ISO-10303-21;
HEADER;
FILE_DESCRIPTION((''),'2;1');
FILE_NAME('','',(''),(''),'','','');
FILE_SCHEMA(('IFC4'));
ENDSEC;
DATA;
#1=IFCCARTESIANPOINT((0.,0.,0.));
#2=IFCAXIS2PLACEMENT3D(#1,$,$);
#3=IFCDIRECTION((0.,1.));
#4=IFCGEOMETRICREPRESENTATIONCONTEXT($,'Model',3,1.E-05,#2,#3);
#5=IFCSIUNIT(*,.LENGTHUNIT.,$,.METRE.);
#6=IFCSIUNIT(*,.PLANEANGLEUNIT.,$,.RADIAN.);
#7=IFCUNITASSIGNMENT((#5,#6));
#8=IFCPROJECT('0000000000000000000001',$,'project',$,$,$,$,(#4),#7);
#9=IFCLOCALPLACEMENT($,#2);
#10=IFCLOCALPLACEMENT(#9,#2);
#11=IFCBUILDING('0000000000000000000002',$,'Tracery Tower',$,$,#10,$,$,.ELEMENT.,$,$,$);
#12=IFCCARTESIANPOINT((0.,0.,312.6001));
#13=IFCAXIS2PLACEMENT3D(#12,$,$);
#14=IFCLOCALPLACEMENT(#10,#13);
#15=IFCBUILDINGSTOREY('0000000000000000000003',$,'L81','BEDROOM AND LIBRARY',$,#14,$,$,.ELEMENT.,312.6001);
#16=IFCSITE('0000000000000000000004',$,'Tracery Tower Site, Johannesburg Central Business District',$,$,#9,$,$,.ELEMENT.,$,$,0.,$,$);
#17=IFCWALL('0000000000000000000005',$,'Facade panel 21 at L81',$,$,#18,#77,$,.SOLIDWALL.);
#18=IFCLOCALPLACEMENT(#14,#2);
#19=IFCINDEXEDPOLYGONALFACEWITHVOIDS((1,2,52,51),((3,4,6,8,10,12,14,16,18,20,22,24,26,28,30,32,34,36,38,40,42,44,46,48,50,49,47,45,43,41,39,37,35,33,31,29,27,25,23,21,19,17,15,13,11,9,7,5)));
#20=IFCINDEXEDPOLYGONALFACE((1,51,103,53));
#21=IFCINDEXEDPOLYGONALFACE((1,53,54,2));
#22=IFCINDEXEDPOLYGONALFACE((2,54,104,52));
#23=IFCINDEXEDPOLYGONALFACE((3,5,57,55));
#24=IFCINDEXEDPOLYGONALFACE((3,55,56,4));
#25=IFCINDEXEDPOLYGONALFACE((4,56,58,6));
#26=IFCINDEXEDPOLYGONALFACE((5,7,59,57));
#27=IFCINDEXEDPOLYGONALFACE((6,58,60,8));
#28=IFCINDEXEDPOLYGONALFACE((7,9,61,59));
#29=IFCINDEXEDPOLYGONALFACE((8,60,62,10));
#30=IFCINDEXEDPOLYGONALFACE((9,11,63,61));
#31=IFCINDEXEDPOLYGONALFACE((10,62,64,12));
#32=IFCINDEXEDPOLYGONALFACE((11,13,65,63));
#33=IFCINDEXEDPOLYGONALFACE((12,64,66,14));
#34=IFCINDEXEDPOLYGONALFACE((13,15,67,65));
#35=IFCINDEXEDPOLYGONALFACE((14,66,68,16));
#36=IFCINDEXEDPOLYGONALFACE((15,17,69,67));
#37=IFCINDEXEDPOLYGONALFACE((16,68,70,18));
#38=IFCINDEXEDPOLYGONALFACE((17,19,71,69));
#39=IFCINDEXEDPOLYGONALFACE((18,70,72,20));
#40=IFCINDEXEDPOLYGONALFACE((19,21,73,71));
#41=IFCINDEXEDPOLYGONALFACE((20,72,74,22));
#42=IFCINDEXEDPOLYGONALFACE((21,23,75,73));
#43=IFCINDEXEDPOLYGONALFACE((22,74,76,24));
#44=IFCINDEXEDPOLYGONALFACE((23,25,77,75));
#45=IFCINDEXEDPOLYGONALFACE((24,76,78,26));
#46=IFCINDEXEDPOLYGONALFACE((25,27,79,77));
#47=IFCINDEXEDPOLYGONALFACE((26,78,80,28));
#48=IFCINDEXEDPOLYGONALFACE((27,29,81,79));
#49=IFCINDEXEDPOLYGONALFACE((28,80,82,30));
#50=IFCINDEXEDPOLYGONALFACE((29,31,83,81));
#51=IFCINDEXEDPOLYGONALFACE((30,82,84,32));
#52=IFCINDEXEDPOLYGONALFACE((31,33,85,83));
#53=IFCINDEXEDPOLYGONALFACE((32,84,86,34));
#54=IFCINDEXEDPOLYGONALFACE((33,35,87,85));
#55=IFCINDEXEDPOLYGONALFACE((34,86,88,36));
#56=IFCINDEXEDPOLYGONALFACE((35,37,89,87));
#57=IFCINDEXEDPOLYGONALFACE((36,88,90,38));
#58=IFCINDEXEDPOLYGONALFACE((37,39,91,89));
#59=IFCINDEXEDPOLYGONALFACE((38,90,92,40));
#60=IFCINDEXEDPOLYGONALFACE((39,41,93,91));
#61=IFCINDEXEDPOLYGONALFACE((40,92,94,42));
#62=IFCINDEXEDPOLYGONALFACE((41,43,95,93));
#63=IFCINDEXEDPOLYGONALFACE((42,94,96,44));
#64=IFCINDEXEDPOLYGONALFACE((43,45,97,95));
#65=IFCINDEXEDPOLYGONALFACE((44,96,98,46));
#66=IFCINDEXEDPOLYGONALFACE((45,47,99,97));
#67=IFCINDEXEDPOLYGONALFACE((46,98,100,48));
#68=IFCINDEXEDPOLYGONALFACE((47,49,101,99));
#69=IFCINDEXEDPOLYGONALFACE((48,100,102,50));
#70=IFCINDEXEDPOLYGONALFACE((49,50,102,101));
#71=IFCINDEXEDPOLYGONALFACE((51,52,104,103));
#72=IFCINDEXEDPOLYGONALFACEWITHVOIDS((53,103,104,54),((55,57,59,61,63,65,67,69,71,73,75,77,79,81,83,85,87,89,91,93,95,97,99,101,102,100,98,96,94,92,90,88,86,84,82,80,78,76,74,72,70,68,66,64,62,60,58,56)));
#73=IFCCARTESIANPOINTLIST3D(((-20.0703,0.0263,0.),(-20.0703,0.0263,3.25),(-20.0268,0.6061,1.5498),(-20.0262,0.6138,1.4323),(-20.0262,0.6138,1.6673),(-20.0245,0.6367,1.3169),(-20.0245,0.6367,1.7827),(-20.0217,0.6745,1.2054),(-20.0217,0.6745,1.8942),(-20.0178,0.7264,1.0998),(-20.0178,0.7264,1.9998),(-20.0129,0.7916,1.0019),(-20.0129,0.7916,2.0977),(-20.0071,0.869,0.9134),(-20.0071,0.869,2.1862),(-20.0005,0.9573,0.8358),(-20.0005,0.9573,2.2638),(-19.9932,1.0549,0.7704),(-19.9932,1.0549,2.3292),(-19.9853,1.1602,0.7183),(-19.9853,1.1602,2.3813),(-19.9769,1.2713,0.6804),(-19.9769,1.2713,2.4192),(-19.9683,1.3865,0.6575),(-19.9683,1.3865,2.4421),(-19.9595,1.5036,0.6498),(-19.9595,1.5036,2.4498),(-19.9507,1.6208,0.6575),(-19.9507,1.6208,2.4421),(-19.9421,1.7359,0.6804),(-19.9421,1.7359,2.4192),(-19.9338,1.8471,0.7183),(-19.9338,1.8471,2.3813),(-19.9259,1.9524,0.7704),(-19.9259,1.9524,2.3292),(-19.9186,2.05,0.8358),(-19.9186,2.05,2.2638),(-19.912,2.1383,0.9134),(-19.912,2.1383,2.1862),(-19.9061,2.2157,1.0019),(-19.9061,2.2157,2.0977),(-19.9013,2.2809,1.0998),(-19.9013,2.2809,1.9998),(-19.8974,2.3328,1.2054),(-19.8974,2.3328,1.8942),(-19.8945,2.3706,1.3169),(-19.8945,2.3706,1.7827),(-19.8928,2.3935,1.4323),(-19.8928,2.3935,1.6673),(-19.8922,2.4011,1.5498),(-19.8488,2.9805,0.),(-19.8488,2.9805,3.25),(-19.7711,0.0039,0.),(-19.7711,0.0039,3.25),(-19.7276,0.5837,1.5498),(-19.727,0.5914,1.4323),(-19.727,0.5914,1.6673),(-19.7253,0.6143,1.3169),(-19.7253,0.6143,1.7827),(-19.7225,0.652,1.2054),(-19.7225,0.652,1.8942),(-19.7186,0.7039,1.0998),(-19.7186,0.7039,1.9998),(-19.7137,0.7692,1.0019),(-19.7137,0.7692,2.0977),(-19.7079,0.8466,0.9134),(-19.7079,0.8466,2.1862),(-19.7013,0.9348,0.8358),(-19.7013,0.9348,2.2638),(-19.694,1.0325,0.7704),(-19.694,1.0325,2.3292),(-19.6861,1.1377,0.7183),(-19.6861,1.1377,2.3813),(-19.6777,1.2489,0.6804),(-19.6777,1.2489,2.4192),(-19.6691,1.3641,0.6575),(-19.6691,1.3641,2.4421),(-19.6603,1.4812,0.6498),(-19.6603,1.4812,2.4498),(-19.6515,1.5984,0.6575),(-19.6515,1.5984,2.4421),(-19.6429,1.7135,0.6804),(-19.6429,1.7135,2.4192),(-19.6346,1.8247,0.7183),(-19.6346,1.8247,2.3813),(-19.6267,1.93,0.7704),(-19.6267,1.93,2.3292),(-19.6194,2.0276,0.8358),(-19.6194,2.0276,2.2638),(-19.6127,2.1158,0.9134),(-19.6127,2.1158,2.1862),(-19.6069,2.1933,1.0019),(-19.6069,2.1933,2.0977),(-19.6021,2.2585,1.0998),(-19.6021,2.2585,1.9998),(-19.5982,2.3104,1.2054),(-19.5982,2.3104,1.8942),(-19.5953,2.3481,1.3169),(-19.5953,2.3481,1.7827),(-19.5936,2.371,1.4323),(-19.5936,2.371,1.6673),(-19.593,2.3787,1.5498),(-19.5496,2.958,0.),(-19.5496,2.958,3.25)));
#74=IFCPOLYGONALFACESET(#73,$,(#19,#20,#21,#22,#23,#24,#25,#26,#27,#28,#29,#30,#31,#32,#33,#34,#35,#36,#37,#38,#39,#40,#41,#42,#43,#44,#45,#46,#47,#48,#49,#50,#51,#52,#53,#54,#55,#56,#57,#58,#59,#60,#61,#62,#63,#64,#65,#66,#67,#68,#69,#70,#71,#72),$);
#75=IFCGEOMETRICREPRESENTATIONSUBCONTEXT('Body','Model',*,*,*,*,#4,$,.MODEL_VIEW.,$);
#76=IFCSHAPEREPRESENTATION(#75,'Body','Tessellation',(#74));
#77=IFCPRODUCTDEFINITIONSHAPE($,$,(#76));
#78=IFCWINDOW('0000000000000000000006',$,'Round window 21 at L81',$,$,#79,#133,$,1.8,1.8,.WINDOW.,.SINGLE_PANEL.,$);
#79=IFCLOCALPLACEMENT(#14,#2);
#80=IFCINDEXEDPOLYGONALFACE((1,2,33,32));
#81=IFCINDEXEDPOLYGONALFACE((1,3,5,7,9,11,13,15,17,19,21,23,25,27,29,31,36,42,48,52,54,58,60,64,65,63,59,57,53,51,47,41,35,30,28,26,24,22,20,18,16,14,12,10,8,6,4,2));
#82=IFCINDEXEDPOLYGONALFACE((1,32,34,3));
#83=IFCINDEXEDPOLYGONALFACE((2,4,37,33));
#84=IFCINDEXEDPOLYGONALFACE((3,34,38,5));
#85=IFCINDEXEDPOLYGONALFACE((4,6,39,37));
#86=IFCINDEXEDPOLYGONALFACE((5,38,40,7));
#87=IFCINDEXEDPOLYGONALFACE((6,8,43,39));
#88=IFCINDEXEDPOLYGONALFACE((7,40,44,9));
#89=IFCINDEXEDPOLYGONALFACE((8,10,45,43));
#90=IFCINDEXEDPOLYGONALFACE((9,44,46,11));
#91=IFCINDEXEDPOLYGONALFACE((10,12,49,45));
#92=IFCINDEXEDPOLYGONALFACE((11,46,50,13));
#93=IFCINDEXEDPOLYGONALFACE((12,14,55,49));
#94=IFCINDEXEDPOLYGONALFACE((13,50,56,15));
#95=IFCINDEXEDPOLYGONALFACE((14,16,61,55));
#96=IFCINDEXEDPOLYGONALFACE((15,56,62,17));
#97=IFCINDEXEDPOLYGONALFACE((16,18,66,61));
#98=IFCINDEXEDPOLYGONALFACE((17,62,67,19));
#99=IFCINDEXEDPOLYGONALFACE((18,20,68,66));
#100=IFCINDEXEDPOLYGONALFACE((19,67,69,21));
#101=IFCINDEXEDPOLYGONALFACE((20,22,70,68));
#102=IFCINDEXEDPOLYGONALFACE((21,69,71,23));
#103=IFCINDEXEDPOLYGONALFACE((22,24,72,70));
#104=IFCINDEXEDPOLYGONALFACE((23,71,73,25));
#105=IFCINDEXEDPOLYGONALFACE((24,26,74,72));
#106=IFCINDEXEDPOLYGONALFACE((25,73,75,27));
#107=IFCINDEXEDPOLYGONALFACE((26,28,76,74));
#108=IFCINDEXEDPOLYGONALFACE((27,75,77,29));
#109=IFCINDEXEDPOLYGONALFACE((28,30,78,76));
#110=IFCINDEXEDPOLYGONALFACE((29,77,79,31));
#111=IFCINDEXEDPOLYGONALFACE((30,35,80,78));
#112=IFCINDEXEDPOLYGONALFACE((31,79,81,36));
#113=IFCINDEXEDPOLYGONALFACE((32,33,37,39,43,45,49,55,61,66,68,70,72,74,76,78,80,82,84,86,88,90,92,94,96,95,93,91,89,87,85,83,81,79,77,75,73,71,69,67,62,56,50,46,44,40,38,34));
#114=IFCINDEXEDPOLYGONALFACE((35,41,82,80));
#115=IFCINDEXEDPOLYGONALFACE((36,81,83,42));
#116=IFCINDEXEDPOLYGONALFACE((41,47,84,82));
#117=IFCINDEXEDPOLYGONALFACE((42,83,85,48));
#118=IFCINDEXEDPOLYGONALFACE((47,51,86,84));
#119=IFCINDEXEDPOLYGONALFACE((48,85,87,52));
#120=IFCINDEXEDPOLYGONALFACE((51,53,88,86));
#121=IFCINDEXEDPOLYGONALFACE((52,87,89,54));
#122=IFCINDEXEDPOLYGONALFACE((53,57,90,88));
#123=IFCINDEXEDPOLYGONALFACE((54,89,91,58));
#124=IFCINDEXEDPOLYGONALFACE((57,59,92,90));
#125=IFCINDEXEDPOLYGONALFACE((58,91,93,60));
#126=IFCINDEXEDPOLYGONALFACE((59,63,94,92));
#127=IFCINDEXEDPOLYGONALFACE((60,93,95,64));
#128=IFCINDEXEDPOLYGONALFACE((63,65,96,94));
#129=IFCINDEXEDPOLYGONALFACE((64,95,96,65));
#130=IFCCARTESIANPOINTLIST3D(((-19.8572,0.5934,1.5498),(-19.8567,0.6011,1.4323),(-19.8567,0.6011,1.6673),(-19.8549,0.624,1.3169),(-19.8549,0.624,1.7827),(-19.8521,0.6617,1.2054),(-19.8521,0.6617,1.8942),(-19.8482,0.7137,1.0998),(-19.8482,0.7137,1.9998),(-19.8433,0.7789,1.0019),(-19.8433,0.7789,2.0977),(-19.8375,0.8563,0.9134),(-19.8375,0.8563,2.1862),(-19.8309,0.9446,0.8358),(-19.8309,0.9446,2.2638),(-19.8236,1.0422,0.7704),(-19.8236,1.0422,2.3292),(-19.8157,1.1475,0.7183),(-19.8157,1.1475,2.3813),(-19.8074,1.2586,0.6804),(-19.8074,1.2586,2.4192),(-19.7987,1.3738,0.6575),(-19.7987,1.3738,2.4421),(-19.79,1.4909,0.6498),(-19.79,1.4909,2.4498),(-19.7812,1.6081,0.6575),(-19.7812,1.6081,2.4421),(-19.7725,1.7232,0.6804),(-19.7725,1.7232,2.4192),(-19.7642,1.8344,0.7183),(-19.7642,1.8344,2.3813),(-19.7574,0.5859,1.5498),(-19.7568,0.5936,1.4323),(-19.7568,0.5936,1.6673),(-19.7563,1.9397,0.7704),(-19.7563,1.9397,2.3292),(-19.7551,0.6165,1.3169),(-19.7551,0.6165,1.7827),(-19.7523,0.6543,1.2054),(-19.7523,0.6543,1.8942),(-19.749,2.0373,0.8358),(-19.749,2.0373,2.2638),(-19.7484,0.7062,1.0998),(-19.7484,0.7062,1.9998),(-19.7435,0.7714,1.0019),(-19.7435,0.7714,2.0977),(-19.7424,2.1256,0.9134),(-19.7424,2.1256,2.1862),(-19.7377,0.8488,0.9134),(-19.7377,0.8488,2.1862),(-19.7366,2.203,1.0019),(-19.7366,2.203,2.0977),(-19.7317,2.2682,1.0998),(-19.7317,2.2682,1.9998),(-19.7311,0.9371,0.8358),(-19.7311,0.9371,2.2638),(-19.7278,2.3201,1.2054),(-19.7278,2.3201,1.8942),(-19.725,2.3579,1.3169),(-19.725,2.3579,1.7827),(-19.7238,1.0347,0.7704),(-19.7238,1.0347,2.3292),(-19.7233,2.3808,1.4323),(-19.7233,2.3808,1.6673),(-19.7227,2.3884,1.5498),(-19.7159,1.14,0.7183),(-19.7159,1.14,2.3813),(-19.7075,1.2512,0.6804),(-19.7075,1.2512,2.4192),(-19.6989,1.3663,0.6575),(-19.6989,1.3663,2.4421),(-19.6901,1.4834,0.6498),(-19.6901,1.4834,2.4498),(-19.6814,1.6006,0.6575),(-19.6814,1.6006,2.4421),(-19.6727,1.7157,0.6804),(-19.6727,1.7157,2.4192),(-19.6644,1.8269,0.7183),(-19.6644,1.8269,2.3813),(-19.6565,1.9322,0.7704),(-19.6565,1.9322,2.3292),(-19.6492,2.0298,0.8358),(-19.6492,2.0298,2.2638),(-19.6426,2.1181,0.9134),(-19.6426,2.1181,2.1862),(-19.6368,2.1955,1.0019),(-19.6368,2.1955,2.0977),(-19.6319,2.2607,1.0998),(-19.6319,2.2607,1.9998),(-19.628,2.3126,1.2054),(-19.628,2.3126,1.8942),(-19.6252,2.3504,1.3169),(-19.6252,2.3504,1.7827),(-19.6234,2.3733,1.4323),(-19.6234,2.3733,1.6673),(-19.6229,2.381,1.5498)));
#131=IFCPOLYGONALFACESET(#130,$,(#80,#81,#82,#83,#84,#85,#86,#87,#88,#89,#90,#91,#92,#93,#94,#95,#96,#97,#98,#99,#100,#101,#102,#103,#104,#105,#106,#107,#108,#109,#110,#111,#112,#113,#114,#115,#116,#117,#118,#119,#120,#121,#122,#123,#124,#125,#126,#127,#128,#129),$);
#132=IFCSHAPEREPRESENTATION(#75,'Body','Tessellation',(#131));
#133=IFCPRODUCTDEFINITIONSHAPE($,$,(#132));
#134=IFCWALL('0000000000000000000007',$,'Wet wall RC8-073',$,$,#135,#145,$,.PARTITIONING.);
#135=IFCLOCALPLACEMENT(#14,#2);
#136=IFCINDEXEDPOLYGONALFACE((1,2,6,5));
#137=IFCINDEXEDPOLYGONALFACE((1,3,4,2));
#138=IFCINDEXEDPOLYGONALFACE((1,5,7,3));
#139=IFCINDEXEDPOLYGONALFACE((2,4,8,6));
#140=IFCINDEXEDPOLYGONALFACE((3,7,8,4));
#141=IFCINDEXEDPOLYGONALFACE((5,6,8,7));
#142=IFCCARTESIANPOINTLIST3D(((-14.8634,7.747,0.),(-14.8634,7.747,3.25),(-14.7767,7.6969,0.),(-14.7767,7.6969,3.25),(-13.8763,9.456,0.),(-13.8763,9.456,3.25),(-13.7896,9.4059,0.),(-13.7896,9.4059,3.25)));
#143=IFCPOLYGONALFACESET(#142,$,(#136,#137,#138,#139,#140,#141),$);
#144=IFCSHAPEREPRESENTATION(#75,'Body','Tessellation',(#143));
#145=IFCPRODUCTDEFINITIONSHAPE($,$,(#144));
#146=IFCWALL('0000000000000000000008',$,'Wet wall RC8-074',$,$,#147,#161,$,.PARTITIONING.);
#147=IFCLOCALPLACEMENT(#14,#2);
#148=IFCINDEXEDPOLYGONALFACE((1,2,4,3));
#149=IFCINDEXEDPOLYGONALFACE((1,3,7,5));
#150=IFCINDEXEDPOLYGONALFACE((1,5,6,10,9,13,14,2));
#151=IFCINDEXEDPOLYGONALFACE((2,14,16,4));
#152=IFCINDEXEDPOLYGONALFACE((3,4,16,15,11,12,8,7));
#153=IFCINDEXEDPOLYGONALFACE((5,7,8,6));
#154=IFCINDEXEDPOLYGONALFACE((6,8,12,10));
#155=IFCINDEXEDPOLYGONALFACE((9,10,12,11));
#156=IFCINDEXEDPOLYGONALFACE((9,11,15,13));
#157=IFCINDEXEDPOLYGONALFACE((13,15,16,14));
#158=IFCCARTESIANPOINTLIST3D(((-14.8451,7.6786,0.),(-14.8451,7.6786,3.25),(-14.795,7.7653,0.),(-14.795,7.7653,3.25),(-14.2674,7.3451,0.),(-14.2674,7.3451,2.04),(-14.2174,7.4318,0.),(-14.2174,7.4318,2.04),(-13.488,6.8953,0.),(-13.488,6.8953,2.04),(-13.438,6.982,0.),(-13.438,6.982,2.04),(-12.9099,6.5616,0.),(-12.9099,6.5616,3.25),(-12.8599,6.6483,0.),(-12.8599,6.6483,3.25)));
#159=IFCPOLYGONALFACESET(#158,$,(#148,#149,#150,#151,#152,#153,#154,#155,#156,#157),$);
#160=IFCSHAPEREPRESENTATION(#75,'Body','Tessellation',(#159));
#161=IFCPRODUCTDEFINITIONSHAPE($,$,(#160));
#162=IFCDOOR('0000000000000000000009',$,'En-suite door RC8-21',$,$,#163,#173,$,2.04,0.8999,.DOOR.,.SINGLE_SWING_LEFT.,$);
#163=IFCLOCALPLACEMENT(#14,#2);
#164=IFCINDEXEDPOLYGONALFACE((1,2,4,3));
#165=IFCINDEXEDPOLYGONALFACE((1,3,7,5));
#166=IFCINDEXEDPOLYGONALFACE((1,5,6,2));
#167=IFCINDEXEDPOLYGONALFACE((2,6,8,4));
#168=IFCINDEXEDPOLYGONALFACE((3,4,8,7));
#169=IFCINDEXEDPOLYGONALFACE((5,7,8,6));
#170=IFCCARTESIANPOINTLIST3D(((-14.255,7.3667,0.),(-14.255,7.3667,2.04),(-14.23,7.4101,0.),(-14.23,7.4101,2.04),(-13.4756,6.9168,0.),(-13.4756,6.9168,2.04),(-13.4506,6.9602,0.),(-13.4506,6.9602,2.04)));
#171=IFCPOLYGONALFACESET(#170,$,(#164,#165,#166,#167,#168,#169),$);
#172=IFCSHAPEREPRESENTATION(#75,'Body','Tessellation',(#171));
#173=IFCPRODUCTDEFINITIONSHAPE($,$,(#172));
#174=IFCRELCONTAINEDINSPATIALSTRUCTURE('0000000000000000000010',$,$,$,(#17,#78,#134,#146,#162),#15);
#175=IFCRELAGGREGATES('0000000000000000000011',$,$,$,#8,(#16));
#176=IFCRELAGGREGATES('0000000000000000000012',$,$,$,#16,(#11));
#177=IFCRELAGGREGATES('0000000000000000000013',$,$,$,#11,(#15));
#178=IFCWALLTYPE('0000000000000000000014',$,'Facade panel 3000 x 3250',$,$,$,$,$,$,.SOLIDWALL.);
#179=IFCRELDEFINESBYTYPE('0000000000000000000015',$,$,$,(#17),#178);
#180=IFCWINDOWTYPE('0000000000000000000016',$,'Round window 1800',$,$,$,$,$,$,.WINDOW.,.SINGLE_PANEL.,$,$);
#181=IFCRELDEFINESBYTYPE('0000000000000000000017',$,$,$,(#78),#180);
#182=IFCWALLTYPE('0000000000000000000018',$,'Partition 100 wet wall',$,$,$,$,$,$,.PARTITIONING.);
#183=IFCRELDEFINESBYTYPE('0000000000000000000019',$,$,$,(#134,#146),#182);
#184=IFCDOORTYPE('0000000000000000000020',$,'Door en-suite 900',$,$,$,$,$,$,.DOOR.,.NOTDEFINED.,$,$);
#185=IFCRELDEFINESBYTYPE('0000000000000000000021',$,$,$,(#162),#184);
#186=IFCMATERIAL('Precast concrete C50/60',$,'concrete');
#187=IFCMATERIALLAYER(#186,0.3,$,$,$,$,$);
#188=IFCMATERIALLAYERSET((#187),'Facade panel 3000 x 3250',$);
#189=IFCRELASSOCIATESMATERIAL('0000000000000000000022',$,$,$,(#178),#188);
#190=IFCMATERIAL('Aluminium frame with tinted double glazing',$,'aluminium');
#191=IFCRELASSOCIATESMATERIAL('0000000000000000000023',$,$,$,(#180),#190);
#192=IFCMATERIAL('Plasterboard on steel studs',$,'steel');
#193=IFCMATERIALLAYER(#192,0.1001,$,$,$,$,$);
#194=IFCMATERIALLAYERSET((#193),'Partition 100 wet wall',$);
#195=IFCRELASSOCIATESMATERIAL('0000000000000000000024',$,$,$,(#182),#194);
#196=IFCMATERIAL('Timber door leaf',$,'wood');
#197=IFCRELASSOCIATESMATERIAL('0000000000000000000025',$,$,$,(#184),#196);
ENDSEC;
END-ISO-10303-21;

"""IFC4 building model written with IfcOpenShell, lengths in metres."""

from ifc_helpers import new_model, si_unit, direction, frame, frame_2d, origin, origin_2d, place, context, subcontext, project, spatial, rectangle, circle, extrude, material, layer, layer_set, type_object, element, fill, save


model = new_model("IFC4")

# Units and contexts
model_context = context("Model", 3, precision=1e-05, world=origin(), true_north=direction((0.0, 1.0)))
body_context = subcontext(model_context, "Body", "Model", "MODEL_VIEW")
ifc_project = project(units=[si_unit("LENGTHUNIT", "METRE"), si_unit("PLANEANGLEUNIT", "RADIAN")], contexts=[model_context])

# Site, building, storey
site_placement = place(None, origin())
site = spatial("IfcSite", under=ifc_project, at=site_placement, Name="Tracery Tower Site, Johannesburg Central Business District", CompositionType="ELEMENT", RefElevation=0.0)
building_placement = place(site_placement, origin())
building = spatial("IfcBuilding", under=site, at=building_placement, Name="Tracery Tower", CompositionType="ELEMENT")
storey_placement = place(building_placement, frame((0.0, 0.0, 312.6001)))
storey = spatial("IfcBuildingStorey", under=building, at=storey_placement, Name="L81", Description="BEDROOM AND LIBRARY", CompositionType="ELEMENT", Elevation=312.6001)

# Wall, opening, window
ifc_material_1 = material(Name="Precast concrete C50/60", Category="concrete")
ifc_layer_1 = layer(ifc_material_1, 0.3)
ifc_layer_set_1 = layer_set([ifc_layer_1], Name="Facade panel 3000 x 3250")
wall_type_1 = type_object("IfcWallType", Name="Facade panel 3000 x 3250", PredefinedType="SOLIDWALL", material=ifc_layer_set_1)
ifc_material_2 = material(Name="Aluminium frame with tinted double glazing", Category="aluminium")
window_type = type_object("IfcWindowType", Name="Round window 1800", PartitioningType="SINGLE_PANEL", PredefinedType="WINDOW", material=ifc_material_2)
wall_1_placement = place(storey_placement, frame((-19.6992, 2.9692, 0.0), z_axis=(0.0, 0.0, 1.0), x_axis=(-0.074749, -0.997202, 0.0)))
wall_1 = element("IfcWall", 1, at=wall_1_placement, inside=storey, type_object=wall_type_1, Name="Facade panel 21 at L81", PredefinedType="SOLIDWALL", context=body_context, shape_type="SweptSolid", body=[
    extrude(rectangle(XDim=2.9624, YDim=0.3, at=frame_2d((1.4812, 0.0))), origin(), (0.0, 0.0, 1.0), 3.25),
])
opening_1_placement = place(wall_1_placement, frame((1.481, 0.0, 1.5498)))
opening_1 = element("IfcOpeningElement", 2, at=opening_1_placement, cuts=wall_1, PredefinedType="OPENING", context=body_context, shape_type="SweptSolid", body=[
    extrude(circle(Radius=0.9, at=origin_2d()), frame((0.0, 0.1599, 0.0), z_axis=(0.0, -1.0, 0.0), x_axis=(1.0, 0.0, 0.0)), (0.0, 0.0, 1.0), 0.3201),
])
window_1_placement = place(opening_1_placement, origin())
window_1 = element("IfcWindow", 3, at=window_1_placement, inside=storey, type_object=window_type, Name="Round window 21 at L81", OverallHeight=1.8, OverallWidth=1.8, PartitioningType="SINGLE_PANEL", PredefinedType="WINDOW", context=body_context, shape_type="SweptSolid", body=[
    extrude(circle(Radius=0.9, at=origin_2d()), frame((0.0, 0.1201, 0.0), z_axis=(0.0, -1.0, 0.0), x_axis=(1.0, 0.0, 0.0)), (0.0, 0.0, 1.0), 0.1001),
])
fill(opening_1, window_1)

# Wall
ifc_material_3 = material(Name="Plasterboard on steel studs", Category="steel")
ifc_layer_2 = layer(ifc_material_3, 0.1001)
ifc_layer_set_2 = layer_set([ifc_layer_2], Name="Partition 100 wet wall")
wall_type_2 = type_object("IfcWallType", Name="Partition 100 wet wall", PredefinedType="PARTITIONING", material=ifc_layer_set_2)
wall_2_placement = place(storey_placement, frame((-14.8201, 7.7219, 0.0), z_axis=(0.0, 0.0, 1.0), x_axis=(0.500144, 0.865942, 0.0)))
element("IfcWall", 4, at=wall_2_placement, inside=storey, type_object=wall_type_2, Name="Wet wall RC8-073", PredefinedType="PARTITIONING", context=body_context, shape_type="SweptSolid", body=[
    extrude(rectangle(XDim=1.9736, YDim=0.1001, at=frame_2d((0.9868, 0.0))), origin(), (0.0, 0.0, 1.0), 3.25),
])

# Wall, opening, door
wall_3_placement = place(storey_placement, frame((-14.8201, 7.7219, 0.0), z_axis=(0.0, 0.0, 1.0), x_axis=(0.866076, -0.499912, 0.0)))
wall_3 = element("IfcWall", 5, at=wall_3_placement, inside=storey, type_object=wall_type_2, Name="Wet wall RC8-074", PredefinedType="PARTITIONING", context=body_context, shape_type="SweptSolid", body=[
    extrude(rectangle(XDim=2.2344, YDim=0.1001, at=frame_2d((1.1172, 0.0))), origin(), (0.0, 0.0, 1.0), 3.25),
])
opening_2_placement = place(wall_3_placement, frame((0.667, 0.0, 0.0)))
opening_2 = element("IfcOpeningElement", 6, at=opening_2_placement, cuts=wall_3, PredefinedType="OPENING", context=body_context, shape_type="SweptSolid", body=[
    extrude(rectangle(XDim=0.8999, YDim=2.04, at=frame_2d((0.45, 1.02))), frame((0.0, 0.05, 0.0), z_axis=(0.0, -1.0, 0.0), x_axis=(1.0, 0.0, 0.0)), (0.0, 0.0, 1.0), 0.1001),
])
ifc_material_4 = material(Name="Timber door leaf", Category="wood")
door_type_1 = type_object("IfcDoorType", Name="Door en-suite 900", OperationType="NOTDEFINED", PredefinedType="DOOR", material=ifc_material_4)
door_1_placement = place(opening_2_placement, origin())
door_1 = element("IfcDoor", 7, at=door_1_placement, inside=storey, type_object=door_type_1, Name="En-suite door RC8-21", OperationType="SINGLE_SWING_LEFT", OverallHeight=2.04, OverallWidth=0.8999, PredefinedType="DOOR", context=body_context, shape_type="SweptSolid", body=[
    extrude(rectangle(XDim=0.8999, YDim=2.04, at=frame_2d((0.45, 1.02))), frame((0.0, 0.0249, 0.0), z_axis=(0.0, -1.0, 0.0), x_axis=(1.0, 0.0, 0.0)), (0.0, 0.0, 1.0), 0.05),
])
fill(opening_2, door_1)

save(model, "model.ifc")
